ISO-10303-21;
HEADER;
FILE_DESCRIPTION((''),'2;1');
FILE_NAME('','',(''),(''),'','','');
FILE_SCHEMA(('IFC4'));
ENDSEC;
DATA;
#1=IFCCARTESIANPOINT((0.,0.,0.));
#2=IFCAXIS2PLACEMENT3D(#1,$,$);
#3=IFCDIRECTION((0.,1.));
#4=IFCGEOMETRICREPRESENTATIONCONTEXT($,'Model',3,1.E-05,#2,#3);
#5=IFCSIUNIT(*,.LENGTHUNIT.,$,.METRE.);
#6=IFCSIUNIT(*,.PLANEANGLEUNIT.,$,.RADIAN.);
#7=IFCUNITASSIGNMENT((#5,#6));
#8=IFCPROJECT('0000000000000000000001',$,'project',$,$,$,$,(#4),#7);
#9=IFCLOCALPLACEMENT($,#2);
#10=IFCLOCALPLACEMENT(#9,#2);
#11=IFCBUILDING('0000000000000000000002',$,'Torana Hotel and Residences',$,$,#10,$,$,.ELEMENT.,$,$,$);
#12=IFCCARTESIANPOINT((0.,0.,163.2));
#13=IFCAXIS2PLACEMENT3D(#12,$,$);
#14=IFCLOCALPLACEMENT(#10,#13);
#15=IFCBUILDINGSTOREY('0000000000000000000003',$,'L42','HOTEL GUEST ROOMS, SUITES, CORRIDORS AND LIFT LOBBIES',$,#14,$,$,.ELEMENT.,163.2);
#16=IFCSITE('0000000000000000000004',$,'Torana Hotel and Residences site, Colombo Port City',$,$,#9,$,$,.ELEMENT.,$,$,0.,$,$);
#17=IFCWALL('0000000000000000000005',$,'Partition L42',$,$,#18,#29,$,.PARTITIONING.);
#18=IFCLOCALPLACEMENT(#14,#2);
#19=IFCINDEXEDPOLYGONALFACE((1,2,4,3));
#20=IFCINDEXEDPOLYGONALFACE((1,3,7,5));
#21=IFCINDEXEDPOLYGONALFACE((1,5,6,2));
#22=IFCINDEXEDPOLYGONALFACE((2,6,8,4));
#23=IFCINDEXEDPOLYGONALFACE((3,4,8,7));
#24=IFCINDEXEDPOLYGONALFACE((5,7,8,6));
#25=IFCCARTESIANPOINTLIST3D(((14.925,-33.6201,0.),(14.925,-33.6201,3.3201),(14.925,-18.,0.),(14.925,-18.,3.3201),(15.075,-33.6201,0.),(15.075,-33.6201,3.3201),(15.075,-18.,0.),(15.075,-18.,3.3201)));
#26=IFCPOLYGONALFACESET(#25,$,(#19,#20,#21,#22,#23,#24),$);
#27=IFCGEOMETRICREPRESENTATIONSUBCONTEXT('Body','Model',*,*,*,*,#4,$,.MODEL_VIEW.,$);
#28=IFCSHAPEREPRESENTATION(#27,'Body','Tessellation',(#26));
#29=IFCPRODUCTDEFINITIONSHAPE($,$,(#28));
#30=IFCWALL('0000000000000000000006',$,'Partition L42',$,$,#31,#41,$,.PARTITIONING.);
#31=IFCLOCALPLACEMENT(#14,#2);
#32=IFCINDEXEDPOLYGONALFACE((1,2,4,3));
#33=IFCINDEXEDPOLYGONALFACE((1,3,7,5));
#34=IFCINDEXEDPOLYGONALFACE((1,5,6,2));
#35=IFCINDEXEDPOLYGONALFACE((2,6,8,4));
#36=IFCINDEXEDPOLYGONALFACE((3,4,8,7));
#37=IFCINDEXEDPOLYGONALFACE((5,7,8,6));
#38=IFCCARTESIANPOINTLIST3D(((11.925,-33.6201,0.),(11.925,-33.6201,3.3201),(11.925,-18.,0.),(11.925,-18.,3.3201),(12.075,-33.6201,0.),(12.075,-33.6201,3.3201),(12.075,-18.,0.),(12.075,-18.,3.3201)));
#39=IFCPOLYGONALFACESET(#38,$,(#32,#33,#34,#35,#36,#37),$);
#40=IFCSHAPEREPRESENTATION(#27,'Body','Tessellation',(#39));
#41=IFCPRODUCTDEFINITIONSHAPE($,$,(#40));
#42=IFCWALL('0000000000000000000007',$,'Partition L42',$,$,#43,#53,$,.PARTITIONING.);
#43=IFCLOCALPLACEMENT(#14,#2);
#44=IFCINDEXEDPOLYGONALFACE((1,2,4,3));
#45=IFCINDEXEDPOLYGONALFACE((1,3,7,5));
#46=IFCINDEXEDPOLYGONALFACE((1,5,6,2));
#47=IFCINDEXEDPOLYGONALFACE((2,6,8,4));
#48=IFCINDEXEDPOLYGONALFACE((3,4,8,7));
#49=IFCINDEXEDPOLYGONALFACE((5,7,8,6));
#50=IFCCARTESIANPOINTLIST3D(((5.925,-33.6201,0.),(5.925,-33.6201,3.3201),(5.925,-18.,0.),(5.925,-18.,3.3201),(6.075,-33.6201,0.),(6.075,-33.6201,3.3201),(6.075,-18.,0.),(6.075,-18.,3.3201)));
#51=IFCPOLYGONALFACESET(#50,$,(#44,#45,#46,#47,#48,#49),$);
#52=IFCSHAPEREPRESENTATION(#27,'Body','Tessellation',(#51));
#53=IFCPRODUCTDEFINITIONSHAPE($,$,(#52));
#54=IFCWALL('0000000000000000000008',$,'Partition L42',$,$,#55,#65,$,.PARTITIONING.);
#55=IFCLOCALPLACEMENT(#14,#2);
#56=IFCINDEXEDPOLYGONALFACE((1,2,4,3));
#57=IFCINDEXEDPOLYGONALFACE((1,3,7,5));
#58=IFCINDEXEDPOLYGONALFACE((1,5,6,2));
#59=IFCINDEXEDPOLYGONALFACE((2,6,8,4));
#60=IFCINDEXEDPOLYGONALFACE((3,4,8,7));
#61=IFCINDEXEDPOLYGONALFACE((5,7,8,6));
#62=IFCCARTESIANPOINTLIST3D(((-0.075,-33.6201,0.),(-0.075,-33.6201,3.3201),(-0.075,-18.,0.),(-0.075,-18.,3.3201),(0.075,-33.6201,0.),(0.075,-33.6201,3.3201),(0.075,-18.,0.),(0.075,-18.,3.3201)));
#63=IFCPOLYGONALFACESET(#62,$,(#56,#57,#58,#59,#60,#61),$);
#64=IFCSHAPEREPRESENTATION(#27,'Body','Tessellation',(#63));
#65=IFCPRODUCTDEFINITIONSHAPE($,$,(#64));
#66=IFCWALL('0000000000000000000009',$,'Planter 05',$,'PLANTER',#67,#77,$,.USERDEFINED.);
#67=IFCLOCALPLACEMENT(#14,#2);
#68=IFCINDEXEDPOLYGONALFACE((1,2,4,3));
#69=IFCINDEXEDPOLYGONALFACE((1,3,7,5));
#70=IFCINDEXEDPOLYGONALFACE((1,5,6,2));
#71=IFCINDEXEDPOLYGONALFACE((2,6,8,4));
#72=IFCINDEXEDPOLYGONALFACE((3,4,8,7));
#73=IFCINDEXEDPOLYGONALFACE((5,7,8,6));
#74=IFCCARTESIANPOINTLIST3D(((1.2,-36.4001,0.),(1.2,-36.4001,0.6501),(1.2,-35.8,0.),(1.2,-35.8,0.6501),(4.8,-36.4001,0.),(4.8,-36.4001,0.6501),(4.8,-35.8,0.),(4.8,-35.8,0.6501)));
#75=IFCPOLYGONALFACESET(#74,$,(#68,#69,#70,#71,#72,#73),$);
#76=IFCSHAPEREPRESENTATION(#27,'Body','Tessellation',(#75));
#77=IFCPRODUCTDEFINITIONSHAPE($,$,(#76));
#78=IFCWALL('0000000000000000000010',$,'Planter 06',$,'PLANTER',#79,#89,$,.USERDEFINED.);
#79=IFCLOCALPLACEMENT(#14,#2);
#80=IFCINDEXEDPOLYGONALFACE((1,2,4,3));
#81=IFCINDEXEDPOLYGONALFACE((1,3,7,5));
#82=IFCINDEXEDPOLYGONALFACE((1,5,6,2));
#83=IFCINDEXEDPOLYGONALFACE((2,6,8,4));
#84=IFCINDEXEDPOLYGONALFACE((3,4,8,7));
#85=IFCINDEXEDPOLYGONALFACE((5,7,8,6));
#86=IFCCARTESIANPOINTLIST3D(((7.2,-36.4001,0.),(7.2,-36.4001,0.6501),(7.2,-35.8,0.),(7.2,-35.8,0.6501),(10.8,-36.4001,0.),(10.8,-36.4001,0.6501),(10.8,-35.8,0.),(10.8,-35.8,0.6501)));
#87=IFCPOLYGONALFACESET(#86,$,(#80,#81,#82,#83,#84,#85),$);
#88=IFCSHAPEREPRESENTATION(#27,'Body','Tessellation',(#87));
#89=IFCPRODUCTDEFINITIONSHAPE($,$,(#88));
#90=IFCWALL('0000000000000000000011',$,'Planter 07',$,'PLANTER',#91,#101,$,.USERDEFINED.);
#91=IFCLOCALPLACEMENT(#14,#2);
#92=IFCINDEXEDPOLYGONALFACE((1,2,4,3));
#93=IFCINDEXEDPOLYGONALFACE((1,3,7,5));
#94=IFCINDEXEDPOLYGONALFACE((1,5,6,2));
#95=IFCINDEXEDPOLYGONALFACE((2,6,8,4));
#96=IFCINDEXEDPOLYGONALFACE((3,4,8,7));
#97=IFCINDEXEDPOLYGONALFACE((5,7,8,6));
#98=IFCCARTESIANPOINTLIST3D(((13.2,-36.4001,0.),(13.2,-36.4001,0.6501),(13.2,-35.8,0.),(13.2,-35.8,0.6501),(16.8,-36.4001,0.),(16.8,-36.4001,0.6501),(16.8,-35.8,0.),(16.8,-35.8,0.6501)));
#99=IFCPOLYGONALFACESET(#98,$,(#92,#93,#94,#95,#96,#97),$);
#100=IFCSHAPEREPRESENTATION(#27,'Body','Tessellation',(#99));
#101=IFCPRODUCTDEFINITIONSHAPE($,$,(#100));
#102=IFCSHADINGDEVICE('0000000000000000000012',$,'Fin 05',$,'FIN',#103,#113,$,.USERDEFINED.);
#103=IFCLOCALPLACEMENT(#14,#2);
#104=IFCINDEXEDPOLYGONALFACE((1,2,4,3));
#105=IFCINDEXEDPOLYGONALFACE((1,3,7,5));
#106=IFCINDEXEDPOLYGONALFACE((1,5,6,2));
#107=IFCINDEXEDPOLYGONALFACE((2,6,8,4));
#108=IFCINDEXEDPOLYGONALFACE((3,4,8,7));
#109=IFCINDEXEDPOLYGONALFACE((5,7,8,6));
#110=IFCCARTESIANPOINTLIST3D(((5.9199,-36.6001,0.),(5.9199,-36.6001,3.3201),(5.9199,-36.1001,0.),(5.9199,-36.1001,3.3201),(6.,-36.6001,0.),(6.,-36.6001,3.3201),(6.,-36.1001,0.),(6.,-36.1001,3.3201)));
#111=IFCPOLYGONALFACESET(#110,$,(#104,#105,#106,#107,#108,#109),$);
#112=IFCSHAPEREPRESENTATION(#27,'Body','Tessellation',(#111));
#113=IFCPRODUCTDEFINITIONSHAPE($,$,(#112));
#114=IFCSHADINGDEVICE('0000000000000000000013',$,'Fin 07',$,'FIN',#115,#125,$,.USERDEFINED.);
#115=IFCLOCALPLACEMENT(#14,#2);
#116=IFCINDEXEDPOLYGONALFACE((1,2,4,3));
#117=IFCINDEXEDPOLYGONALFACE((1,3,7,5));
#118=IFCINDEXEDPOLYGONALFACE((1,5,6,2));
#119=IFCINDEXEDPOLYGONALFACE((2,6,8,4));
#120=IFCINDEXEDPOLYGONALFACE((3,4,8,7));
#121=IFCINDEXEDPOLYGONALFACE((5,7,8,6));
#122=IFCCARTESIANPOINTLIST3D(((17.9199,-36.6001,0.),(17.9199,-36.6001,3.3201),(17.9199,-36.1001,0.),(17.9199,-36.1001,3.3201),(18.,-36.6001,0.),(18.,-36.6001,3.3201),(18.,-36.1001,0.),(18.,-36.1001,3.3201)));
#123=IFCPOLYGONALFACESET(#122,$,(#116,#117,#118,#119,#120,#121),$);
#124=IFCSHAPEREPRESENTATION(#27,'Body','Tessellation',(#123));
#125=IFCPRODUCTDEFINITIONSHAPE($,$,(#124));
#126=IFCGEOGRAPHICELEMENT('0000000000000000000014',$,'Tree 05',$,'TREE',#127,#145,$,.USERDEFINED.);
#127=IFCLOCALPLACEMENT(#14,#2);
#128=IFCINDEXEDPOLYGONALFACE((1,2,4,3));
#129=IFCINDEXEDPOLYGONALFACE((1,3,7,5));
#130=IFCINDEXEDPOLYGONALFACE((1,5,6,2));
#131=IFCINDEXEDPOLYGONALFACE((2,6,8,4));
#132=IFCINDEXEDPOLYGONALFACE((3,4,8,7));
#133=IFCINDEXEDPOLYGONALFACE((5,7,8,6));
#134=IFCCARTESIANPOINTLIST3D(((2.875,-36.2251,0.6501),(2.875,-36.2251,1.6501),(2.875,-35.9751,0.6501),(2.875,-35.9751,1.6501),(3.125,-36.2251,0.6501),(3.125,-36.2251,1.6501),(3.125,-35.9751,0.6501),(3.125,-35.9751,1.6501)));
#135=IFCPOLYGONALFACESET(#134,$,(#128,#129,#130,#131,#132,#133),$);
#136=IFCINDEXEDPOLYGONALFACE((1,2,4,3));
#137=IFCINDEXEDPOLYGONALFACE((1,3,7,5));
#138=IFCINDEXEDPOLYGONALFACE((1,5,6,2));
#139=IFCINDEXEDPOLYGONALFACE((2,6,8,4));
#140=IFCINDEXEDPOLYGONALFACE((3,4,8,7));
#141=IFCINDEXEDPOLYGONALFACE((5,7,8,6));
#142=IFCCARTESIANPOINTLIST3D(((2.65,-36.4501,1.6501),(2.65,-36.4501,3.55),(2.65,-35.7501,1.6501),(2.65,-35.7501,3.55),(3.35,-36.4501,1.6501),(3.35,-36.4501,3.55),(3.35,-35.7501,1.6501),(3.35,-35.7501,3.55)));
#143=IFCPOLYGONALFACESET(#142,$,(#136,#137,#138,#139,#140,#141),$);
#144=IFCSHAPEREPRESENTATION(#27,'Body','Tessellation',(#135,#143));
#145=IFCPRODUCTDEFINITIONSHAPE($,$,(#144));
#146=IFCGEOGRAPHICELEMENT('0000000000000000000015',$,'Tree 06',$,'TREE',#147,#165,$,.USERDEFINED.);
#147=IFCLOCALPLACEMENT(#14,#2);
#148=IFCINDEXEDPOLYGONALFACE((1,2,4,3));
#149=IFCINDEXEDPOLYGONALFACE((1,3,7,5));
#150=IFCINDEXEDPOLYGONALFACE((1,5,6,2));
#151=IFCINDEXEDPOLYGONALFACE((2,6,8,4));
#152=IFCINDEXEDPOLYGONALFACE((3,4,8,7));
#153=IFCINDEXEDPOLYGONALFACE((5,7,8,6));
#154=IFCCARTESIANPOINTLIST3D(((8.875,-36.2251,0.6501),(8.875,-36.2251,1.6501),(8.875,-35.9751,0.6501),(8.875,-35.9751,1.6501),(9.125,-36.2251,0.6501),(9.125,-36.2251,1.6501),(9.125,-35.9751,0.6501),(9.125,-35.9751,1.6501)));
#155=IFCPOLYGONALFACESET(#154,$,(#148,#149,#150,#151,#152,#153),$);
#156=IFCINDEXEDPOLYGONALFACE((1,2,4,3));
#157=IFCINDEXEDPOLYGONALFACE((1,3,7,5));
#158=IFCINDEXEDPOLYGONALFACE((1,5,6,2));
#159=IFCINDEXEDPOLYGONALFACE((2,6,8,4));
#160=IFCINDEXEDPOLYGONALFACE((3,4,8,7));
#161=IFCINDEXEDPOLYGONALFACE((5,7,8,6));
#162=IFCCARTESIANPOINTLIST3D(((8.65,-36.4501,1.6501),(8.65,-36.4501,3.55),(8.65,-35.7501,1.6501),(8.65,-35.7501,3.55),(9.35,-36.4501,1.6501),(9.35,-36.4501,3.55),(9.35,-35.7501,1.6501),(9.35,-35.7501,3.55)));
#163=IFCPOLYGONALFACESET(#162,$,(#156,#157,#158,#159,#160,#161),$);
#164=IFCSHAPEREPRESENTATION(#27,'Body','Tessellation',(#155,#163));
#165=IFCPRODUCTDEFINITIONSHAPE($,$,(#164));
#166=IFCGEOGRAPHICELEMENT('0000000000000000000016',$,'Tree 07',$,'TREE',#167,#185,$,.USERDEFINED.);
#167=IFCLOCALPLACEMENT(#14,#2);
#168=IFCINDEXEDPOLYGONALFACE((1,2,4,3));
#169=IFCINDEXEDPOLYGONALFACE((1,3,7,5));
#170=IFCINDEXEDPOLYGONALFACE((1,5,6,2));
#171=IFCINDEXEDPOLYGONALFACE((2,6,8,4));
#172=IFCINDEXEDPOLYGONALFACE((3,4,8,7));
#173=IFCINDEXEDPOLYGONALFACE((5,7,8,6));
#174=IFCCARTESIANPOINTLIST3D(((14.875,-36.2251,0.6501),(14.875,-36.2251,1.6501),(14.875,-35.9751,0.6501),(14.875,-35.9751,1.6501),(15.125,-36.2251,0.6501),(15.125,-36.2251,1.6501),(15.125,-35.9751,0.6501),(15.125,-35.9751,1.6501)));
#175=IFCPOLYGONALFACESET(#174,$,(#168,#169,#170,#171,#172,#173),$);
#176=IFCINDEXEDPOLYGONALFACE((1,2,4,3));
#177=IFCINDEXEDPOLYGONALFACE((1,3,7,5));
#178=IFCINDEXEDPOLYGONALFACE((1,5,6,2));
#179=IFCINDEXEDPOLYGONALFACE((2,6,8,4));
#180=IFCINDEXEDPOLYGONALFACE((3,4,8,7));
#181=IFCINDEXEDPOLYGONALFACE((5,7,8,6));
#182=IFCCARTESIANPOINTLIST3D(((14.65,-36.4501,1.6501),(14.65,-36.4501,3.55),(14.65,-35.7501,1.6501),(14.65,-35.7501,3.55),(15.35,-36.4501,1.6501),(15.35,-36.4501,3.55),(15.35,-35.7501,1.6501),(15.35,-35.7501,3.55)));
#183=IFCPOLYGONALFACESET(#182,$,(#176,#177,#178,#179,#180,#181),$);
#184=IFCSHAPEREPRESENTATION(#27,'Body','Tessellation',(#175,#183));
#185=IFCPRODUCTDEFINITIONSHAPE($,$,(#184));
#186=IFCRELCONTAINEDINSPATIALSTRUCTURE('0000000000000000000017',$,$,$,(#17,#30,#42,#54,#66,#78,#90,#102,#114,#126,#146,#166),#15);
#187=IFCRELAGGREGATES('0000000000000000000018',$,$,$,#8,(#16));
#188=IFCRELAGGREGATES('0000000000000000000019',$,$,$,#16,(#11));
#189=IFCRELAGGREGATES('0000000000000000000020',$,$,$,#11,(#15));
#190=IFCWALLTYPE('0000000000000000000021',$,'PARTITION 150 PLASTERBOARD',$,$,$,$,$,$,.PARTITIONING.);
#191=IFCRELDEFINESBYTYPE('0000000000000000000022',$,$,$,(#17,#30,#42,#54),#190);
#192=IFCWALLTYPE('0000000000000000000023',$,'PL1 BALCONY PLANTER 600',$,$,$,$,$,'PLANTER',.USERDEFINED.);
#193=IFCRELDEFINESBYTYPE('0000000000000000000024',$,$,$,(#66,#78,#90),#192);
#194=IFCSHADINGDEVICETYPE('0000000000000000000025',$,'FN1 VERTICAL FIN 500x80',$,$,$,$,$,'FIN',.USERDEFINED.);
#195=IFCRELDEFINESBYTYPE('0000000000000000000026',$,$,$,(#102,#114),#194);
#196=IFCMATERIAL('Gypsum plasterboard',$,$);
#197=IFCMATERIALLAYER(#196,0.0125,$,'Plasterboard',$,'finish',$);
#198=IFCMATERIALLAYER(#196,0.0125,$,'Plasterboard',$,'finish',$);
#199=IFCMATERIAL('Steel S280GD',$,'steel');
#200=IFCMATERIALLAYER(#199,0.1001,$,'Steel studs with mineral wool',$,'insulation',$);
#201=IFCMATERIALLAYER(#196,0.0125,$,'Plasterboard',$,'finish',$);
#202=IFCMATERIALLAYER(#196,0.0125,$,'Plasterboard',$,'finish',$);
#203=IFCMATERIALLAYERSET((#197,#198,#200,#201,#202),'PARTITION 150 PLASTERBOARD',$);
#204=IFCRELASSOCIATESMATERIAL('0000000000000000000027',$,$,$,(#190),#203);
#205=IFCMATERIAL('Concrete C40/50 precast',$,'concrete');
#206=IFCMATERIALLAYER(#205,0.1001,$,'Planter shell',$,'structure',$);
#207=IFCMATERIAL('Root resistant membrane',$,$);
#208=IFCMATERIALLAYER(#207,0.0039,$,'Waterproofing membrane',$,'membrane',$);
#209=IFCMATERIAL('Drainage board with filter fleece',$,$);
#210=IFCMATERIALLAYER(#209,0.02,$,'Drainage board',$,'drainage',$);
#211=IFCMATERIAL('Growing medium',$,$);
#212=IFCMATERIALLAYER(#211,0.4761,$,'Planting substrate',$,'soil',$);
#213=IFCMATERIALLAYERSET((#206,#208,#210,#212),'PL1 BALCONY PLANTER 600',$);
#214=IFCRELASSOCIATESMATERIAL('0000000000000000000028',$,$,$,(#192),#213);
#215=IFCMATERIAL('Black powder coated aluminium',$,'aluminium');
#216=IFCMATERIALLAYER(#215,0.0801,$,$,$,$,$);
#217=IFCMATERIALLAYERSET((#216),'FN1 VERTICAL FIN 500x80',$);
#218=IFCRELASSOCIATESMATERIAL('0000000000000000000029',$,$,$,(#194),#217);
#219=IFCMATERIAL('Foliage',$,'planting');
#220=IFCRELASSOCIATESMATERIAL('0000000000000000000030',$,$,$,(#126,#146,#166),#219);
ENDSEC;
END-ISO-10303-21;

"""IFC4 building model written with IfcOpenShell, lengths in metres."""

from ifc_helpers import new_model, si_unit, direction, frame, frame_2d, origin, origin_2d, place, context, subcontext, project, spatial, rectangle, extrude, material, layer, layer_set, type_object, element, save


model = new_model("IFC4")

# Units and contexts
model_context = context("Model", 3, precision=1e-05, world=origin(), true_north=direction((0.0, 1.0)))
body_context = subcontext(model_context, "Body", "Model", "MODEL_VIEW")
ifc_project = project(units=[si_unit("LENGTHUNIT", "METRE"), si_unit("PLANEANGLEUNIT", "RADIAN")], contexts=[model_context])

# Site, building, storey
site_placement = place(None, origin())
site = spatial("IfcSite", under=ifc_project, at=site_placement, Name="Torana Hotel and Residences site, Colombo Port City", CompositionType="ELEMENT", RefElevation=0.0)
building_placement = place(site_placement, origin())
building = spatial("IfcBuilding", under=site, at=building_placement, Name="Torana Hotel and Residences", CompositionType="ELEMENT")
storey_placement = place(building_placement, frame((0.0, 0.0, 163.2)))
storey = spatial("IfcBuildingStorey", under=building, at=storey_placement, Name="L42", Description="HOTEL GUEST ROOMS, SUITES, CORRIDORS AND LIFT LOBBIES", CompositionType="ELEMENT", Elevation=163.2)

# Walls
ifc_material_1 = material(Name="Gypsum plasterboard")
ifc_layer_1 = layer(ifc_material_1, 0.0125, Name="Plasterboard", Category="finish")
ifc_layer_2 = layer(ifc_material_1, 0.0125, Name="Plasterboard", Category="finish")
ifc_material_2 = material(Name="Steel S280GD", Category="steel")
ifc_layer_3 = layer(ifc_material_2, 0.1001, Name="Steel studs with mineral wool", Category="insulation")
ifc_layer_4 = layer(ifc_material_1, 0.0125, Name="Plasterboard", Category="finish")
ifc_layer_5 = layer(ifc_material_1, 0.0125, Name="Plasterboard", Category="finish")
ifc_layer_set_1 = layer_set([ifc_layer_1, ifc_layer_2, ifc_layer_3, ifc_layer_4, ifc_layer_5], Name="PARTITION 150 PLASTERBOARD")
wall_type_1 = type_object("IfcWallType", Name="PARTITION 150 PLASTERBOARD", PredefinedType="PARTITIONING", material=ifc_layer_set_1)
for number, where, z_axis, x_axis, name in (
    (1, (15.0, -33.6201, 0.0), (0.0, 0.0, 1.0), (0.0, 1.0, 0.0), "Partition L42"),
    (2, (12.0, -33.6201, 0.0), (0.0, 0.0, 1.0), (0.0, 1.0, 0.0), "Partition L42"),
    (3, (6.0, -33.6201, 0.0), (0.0, 0.0, 1.0), (0.0, 1.0, 0.0), "Partition L42"),
    (4, (0.0, -33.6201, 0.0), (0.0, 0.0, 1.0), (0.0, 1.0, 0.0), "Partition L42"),
):
    element("IfcWall", number, at=place(storey_placement, frame(where, z_axis=z_axis, x_axis=x_axis)), inside=storey, type_object=wall_type_1, Name=name, PredefinedType="PARTITIONING", context=body_context, shape_type="SweptSolid", body=[
        extrude(rectangle(XDim=15.6201, YDim=0.1499, at=frame_2d((7.8101, 0.0))), origin(), (0.0, 0.0, 1.0), 3.3201),
    ])
ifc_material_3 = material(Name="Concrete C40/50 precast", Category="concrete")
ifc_layer_6 = layer(ifc_material_3, 0.1001, Name="Planter shell", Category="structure")
ifc_material_4 = material(Name="Root resistant membrane")
ifc_layer_7 = layer(ifc_material_4, 0.0039, Name="Waterproofing membrane", Category="membrane")
ifc_material_5 = material(Name="Drainage board with filter fleece")
ifc_layer_8 = layer(ifc_material_5, 0.02, Name="Drainage board", Category="drainage")
ifc_material_6 = material(Name="Growing medium")
ifc_layer_9 = layer(ifc_material_6, 0.4761, Name="Planting substrate", Category="soil")
ifc_layer_set_2 = layer_set([ifc_layer_6, ifc_layer_7, ifc_layer_8, ifc_layer_9], Name="PL1 BALCONY PLANTER 600")
wall_type_2 = type_object("IfcWallType", Name="PL1 BALCONY PLANTER 600", ElementType="PLANTER", PredefinedType="USERDEFINED", material=ifc_layer_set_2)
for number, where, z_axis, x_axis, name in (
    (5, (4.8, -36.1001, 0.0), (0.0, 0.0, 1.0), (-1.0, 0.0, 0.0), "Planter 05"),
    (6, (10.8, -36.1001, 0.0), (0.0, 0.0, 1.0), (-1.0, 0.0, 0.0), "Planter 06"),
    (7, (16.8, -36.1001, 0.0), (0.0, 0.0, 1.0), (-1.0, 0.0, 0.0), "Planter 07"),
):
    element("IfcWall", number, at=place(storey_placement, frame(where, z_axis=z_axis, x_axis=x_axis)), inside=storey, type_object=wall_type_2, Name=name, ObjectType="PLANTER", PredefinedType="USERDEFINED", context=body_context, shape_type="SweptSolid", body=[
        extrude(rectangle(XDim=3.6001, YDim=0.6001, at=frame_2d((1.8, 0.0))), origin(), (0.0, 0.0, 1.0), 0.6501),
    ])

# Shading devices
ifc_material_7 = material(Name="Black powder coated aluminium", Category="aluminium")
ifc_layer_10 = layer(ifc_material_7, 0.0801)
ifc_layer_set_3 = layer_set([ifc_layer_10], Name="FN1 VERTICAL FIN 500x80")
shading_device_type = type_object("IfcShadingDeviceType", Name="FN1 VERTICAL FIN 500x80", ElementType="FIN", PredefinedType="USERDEFINED", material=ifc_layer_set_3)
for number, where, z_axis, x_axis, name in (
    (8, (5.96, -36.3501, 0.0), (0.0, 0.0, 1.0), (-1.0, 0.0, 0.0), "Fin 05"),
    (9, (17.96, -36.3501, 0.0), (0.0, 0.0, 1.0), (-1.0, 0.0, 0.0), "Fin 07"),
):
    element("IfcShadingDevice", number, at=place(storey_placement, frame(where, z_axis=z_axis, x_axis=x_axis)), inside=storey, type_object=shading_device_type, Name=name, ObjectType="FIN", PredefinedType="USERDEFINED", context=body_context, shape_type="SweptSolid", body=[
        extrude(rectangle(XDim=0.0801, YDim=0.5, at=origin_2d()), origin(), (0.0, 0.0, 1.0), 3.3201),
    ])

# Geographic elements
ifc_material_8 = material(Name="Foliage", Category="planting")
for number, where, z_axis, x_axis, name in (
    (10, (3.0, -36.1001, 0.6501), (0.0, 0.0, 1.0), (1.0, 0.0, 0.0), "Tree 05"),
    (11, (9.0, -36.1001, 0.6501), (0.0, 0.0, 1.0), (1.0, 0.0, 0.0), "Tree 06"),
    (12, (15.0, -36.1001, 0.6501), (0.0, 0.0, 1.0), (1.0, 0.0, 0.0), "Tree 07"),
):
    element("IfcGeographicElement", number, at=place(storey_placement, frame(where, z_axis=z_axis, x_axis=x_axis)), inside=storey, material=ifc_material_8, Name=name, ObjectType="TREE", PredefinedType="USERDEFINED", context=body_context, shape_type="SweptSolid", body=[
        extrude(rectangle(XDim=0.25, YDim=0.25, at=origin_2d()), origin(), (0.0, 0.0, 1.0), 1.0),
        extrude(rectangle(XDim=0.7, YDim=0.7, at=origin_2d()), frame((0.0, 0.0, 1.0)), (0.0, 0.0, 1.0), 1.8999),
    ])

save(model, "model.ifc")
